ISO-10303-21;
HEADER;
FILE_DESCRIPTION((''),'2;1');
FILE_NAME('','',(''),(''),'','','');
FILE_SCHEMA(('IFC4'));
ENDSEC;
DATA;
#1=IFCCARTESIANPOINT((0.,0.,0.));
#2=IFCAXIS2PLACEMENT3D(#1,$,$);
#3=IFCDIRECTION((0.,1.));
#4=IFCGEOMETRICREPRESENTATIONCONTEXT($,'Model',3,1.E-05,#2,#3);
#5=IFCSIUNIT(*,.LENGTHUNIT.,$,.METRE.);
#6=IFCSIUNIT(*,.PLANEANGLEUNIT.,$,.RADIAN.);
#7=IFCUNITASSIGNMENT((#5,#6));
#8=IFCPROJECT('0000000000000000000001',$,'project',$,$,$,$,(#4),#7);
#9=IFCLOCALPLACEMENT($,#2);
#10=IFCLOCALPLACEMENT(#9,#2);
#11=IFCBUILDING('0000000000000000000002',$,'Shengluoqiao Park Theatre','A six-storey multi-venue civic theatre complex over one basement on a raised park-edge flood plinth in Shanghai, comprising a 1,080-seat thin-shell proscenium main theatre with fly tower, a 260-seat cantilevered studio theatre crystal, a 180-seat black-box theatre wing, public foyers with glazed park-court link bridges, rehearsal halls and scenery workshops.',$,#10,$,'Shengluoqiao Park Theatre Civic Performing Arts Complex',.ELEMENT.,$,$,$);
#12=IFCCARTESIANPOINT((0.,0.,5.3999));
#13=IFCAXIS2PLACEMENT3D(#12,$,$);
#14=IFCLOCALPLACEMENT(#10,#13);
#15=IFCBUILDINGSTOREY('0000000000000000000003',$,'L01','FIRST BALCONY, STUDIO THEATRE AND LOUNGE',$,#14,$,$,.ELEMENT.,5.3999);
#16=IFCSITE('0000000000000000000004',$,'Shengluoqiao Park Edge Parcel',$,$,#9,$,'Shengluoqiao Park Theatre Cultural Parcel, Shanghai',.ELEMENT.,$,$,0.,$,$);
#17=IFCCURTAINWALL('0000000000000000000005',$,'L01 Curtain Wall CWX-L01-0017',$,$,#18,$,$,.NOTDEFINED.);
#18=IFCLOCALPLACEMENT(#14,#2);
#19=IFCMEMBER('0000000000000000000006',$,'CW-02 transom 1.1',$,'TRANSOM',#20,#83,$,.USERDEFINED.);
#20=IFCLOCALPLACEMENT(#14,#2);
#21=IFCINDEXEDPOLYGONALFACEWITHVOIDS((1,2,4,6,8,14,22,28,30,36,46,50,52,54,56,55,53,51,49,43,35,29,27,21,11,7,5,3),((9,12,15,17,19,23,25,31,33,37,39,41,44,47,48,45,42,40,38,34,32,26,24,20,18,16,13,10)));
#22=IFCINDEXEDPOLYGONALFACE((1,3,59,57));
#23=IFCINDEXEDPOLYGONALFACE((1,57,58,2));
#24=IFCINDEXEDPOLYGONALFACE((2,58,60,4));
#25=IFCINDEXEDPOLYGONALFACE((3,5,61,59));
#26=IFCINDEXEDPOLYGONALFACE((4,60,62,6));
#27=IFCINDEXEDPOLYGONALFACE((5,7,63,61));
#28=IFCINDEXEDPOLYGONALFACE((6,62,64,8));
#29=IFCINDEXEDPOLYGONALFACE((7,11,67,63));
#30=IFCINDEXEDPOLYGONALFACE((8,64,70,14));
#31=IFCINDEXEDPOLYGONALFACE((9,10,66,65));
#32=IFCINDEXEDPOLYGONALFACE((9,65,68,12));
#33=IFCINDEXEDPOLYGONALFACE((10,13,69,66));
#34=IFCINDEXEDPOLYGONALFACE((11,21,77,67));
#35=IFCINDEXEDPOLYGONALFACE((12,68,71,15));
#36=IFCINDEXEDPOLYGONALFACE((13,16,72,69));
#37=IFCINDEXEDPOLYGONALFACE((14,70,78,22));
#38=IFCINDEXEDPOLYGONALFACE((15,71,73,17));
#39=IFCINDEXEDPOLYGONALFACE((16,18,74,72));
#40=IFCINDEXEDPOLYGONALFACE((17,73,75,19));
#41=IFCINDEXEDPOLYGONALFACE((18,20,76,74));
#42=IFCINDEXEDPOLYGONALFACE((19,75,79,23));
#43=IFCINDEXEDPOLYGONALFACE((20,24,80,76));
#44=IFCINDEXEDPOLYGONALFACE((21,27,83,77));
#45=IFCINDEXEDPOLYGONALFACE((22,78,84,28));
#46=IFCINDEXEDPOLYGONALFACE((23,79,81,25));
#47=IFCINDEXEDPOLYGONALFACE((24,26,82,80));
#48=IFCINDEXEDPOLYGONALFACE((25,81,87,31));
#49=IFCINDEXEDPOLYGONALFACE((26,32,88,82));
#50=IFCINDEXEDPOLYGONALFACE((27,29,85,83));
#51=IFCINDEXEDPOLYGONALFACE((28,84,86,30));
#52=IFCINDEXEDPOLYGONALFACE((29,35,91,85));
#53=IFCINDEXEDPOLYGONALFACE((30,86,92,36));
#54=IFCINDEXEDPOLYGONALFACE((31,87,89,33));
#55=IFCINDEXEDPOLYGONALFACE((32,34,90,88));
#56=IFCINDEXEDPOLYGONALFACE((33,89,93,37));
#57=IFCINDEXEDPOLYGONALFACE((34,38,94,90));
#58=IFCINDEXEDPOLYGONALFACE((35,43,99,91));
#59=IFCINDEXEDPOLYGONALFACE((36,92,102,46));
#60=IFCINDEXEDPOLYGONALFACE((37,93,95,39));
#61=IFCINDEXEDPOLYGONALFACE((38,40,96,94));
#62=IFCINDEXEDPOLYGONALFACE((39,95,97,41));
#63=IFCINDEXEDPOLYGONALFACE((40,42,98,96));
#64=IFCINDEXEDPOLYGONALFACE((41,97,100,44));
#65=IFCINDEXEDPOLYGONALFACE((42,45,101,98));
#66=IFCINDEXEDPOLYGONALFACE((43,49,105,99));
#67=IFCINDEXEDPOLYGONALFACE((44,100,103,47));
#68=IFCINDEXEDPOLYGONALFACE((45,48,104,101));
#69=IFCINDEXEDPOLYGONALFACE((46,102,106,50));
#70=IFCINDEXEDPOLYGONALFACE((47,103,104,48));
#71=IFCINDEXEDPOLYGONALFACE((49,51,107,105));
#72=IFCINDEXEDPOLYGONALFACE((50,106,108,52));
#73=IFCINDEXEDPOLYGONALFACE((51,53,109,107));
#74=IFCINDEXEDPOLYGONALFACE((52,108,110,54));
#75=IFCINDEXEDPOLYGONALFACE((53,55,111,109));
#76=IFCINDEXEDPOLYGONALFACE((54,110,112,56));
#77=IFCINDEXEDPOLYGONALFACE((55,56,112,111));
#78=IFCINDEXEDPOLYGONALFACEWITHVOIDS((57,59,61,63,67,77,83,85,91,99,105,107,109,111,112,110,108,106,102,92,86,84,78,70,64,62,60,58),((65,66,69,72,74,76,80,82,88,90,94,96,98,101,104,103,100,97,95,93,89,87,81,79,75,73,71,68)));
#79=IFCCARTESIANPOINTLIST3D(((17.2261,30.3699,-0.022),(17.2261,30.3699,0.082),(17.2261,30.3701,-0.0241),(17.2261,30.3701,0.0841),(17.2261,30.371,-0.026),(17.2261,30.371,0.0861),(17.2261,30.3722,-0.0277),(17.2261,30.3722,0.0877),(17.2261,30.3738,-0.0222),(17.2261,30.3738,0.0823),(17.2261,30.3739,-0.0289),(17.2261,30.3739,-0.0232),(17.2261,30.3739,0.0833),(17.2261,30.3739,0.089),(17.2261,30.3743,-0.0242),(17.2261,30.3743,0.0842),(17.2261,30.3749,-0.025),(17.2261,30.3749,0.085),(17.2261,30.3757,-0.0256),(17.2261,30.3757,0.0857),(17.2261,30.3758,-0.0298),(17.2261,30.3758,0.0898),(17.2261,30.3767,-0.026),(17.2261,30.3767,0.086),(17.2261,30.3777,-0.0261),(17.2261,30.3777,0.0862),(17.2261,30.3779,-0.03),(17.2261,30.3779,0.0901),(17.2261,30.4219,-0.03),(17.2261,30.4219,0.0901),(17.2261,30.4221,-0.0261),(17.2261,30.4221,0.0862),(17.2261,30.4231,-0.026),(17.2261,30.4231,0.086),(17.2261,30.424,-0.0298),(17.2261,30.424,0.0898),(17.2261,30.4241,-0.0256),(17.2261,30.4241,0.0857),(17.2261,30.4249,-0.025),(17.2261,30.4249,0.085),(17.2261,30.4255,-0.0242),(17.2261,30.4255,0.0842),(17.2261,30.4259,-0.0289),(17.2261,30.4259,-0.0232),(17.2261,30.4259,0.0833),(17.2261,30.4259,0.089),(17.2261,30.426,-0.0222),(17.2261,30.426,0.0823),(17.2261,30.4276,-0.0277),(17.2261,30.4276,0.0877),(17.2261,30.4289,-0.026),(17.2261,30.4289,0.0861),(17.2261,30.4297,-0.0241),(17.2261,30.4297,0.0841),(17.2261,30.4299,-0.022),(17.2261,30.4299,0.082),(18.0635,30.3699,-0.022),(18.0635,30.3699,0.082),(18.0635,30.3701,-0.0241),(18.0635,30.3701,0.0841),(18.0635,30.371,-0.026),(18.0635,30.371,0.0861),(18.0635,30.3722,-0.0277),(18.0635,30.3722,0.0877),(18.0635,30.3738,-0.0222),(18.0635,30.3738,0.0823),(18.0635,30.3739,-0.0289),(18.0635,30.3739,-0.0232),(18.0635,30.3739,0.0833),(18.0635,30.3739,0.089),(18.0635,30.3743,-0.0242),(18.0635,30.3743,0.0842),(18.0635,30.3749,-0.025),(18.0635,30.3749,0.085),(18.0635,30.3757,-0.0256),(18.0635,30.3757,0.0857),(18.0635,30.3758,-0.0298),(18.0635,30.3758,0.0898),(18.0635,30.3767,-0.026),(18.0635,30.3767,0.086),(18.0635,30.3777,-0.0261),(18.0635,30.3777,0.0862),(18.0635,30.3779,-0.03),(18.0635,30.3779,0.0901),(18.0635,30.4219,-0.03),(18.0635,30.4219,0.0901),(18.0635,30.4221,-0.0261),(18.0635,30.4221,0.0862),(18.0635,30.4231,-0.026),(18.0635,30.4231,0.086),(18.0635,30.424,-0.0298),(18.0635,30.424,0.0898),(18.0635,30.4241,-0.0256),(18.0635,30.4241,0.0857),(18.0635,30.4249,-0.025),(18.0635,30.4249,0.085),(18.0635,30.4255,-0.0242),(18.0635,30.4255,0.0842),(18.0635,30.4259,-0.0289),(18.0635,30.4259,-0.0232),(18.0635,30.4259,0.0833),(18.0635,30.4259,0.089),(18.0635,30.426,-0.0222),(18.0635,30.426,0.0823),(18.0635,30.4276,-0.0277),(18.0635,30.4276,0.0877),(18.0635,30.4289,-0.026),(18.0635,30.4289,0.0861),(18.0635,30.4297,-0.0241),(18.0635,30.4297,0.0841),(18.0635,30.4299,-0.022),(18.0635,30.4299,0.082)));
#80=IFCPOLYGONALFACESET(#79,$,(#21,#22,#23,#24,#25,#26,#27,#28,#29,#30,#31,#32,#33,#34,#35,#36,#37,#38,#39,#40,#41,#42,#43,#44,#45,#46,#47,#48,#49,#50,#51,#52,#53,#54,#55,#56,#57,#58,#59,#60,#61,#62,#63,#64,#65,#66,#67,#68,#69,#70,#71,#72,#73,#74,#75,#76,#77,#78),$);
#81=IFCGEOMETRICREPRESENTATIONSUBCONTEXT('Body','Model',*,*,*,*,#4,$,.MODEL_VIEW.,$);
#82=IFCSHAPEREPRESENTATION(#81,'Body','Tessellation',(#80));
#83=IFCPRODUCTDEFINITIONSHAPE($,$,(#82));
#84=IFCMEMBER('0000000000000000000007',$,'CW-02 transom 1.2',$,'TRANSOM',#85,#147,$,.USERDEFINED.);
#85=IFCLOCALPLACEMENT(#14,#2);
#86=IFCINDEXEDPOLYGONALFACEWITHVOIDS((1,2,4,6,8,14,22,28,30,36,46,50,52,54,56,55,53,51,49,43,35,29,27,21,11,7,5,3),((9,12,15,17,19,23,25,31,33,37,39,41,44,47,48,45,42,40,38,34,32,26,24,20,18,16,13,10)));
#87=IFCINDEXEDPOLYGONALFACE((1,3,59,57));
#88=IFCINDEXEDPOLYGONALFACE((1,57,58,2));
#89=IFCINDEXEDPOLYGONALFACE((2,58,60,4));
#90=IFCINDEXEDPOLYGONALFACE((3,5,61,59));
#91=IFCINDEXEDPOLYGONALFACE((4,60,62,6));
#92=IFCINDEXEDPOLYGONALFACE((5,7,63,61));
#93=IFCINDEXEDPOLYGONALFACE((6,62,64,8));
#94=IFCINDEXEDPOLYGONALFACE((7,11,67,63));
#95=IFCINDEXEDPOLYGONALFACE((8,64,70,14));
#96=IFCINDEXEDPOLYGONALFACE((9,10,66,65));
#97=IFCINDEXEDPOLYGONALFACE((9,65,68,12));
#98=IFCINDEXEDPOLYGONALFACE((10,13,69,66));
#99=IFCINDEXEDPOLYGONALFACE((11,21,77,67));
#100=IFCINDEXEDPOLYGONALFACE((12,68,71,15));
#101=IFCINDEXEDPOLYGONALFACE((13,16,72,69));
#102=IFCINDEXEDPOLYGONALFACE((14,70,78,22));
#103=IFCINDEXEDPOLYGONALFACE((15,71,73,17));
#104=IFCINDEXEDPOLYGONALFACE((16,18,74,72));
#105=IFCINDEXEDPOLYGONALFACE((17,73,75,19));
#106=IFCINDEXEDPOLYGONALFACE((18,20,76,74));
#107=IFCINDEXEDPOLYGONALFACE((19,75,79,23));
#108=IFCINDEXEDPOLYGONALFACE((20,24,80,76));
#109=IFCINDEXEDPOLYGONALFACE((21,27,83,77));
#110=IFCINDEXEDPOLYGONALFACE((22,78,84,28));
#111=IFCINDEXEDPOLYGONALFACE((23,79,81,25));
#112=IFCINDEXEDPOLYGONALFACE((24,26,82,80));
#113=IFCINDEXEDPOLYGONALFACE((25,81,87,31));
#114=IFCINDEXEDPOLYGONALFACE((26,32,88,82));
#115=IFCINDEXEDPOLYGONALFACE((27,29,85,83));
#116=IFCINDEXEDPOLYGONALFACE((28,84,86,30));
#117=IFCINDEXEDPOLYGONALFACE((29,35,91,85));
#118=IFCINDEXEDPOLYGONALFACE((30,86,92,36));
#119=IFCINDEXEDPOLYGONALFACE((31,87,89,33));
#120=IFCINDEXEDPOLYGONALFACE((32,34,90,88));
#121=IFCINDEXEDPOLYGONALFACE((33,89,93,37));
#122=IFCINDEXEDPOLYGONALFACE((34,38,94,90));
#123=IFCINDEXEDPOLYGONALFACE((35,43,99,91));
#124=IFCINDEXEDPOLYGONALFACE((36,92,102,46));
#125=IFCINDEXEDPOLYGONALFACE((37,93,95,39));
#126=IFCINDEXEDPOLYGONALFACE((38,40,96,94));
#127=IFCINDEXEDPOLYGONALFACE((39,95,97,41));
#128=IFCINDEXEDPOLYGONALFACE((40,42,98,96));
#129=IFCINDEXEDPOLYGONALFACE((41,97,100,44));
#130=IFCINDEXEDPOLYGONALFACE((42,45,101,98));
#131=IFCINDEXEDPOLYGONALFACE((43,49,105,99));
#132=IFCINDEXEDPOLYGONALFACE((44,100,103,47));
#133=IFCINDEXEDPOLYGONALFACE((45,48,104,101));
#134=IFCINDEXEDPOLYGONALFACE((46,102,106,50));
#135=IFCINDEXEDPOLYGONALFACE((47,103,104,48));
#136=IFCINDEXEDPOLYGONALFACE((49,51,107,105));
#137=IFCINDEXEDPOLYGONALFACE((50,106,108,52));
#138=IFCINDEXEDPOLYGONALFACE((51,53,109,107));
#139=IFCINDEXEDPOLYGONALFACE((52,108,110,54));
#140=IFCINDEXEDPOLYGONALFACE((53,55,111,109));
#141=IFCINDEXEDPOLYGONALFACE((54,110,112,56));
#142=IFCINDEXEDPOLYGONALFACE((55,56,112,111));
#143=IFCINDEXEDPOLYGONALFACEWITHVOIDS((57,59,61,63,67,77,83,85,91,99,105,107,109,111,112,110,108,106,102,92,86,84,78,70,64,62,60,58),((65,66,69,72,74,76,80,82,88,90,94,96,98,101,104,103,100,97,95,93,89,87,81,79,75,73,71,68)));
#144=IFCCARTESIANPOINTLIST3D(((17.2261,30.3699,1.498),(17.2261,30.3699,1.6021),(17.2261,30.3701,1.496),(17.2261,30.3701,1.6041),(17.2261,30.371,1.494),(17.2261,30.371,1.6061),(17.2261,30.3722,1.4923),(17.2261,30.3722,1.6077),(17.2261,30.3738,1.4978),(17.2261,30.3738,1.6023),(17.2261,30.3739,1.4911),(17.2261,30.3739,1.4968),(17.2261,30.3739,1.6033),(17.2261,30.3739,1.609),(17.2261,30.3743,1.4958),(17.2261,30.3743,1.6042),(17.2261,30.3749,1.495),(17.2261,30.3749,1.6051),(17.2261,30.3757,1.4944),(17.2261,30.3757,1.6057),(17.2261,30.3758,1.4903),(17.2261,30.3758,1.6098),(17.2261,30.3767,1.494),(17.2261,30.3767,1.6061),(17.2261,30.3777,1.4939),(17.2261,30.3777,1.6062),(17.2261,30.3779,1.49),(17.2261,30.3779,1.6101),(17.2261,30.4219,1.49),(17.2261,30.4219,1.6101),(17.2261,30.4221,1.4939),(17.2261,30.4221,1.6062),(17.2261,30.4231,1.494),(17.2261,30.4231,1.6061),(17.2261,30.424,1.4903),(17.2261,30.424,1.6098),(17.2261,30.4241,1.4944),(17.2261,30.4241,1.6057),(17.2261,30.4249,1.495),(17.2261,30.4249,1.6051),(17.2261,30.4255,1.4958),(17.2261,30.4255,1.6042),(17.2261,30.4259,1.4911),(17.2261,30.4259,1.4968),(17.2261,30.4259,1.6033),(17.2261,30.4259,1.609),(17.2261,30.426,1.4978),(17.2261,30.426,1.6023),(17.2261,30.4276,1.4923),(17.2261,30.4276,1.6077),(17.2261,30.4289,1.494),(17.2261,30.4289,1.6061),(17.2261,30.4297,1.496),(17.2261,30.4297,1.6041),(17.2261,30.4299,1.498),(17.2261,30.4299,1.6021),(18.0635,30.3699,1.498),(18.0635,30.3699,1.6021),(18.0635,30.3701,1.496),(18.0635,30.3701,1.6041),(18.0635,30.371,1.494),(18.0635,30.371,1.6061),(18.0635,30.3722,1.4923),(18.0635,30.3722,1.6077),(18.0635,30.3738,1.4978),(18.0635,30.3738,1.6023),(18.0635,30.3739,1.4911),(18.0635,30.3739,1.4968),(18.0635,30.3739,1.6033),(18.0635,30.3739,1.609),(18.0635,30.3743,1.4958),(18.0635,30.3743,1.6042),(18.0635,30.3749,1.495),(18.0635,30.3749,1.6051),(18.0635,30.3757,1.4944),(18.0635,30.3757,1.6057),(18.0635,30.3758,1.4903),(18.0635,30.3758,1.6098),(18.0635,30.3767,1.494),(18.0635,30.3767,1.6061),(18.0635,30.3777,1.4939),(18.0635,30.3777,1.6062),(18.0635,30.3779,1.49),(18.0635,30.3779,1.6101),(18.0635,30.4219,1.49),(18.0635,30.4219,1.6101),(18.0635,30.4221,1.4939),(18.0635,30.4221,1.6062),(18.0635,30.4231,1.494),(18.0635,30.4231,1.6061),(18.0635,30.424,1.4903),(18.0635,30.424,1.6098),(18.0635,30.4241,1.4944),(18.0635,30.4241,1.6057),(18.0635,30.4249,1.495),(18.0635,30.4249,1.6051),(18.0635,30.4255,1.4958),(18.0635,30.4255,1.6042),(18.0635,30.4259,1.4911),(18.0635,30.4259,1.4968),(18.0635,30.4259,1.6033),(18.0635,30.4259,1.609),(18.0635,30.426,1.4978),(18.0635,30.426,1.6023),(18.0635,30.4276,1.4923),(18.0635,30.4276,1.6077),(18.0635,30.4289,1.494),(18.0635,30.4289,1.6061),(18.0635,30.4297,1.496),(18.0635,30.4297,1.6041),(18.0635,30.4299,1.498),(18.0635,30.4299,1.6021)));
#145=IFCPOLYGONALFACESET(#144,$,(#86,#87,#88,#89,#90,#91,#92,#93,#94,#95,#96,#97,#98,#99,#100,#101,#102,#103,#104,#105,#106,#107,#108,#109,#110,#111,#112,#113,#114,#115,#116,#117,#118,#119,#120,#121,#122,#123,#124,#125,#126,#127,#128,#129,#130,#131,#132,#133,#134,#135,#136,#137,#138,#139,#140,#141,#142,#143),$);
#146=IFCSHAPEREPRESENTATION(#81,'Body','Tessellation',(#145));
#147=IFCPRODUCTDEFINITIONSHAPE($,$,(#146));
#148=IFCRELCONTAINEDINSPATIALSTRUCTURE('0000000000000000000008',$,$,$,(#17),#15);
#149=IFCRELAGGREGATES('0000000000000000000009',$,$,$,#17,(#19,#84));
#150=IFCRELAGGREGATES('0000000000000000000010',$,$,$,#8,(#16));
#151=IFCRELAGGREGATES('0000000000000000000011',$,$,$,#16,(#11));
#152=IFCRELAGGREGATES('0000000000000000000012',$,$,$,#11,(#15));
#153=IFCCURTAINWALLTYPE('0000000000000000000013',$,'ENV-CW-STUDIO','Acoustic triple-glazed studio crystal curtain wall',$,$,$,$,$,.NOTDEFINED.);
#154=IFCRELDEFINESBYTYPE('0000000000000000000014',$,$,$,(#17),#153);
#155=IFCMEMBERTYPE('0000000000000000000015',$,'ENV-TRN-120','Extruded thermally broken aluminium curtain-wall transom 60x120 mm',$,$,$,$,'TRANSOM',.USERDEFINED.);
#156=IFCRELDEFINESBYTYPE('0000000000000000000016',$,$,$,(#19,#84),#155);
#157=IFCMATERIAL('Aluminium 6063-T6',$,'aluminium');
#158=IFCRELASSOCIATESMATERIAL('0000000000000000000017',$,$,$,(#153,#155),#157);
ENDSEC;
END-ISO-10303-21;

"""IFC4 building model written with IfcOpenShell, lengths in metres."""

from ifc_helpers import new_model, si_unit, direction, frame, origin, origin_2d, place, context, subcontext, project, spatial, hollow_rectangle, extrude, material, material_profile, profile_set, type_object, element, aggregate, save


model = new_model("IFC4")

# Units and contexts
model_context = context("Model", 3, precision=1e-05, world=origin(), true_north=direction((0.0, 1.0)))
body_context = subcontext(model_context, "Body", "Model", "MODEL_VIEW")
ifc_project = project(units=[si_unit("LENGTHUNIT", "METRE"), si_unit("PLANEANGLEUNIT", "RADIAN")], contexts=[model_context])

# Site, building, storey
site_placement = place(None, origin())
site = spatial("IfcSite", under=ifc_project, at=site_placement, Name="Shengluoqiao Park Edge Parcel", LongName="Shengluoqiao Park Theatre Cultural Parcel, Shanghai", CompositionType="ELEMENT", RefElevation=0.0)
building_placement = place(site_placement, origin())
building = spatial("IfcBuilding", under=site, at=building_placement, Name="Shengluoqiao Park Theatre", Description="A six-storey multi-venue civic theatre complex over one basement on a raised park-edge flood plinth in Shanghai, comprising a 1,080-seat thin-shell proscenium main theatre with fly tower, a 260-seat cantilevered studio theatre crystal, a 180-seat black-box theatre wing, public foyers with glazed park-court link bridges, rehearsal halls and scenery workshops.", LongName="Shengluoqiao Park Theatre Civic Performing Arts Complex", CompositionType="ELEMENT")
storey_placement = place(building_placement, frame((0.0, 0.0, 5.3999)))
storey = spatial("IfcBuildingStorey", under=building, at=storey_placement, Name="L01", Description="FIRST BALCONY, STUDIO THEATRE AND LOUNGE", CompositionType="ELEMENT", Elevation=5.3999)

# Curtain wall
ifc_material_1 = material(Name="Aluminium 6063-T6", Category="aluminium")
curtain_wall_type = type_object("IfcCurtainWallType", Name="ENV-CW-STUDIO", Description="Acoustic triple-glazed studio crystal curtain wall", PredefinedType="NOTDEFINED", material=ifc_material_1)
curtain_wall_1_placement = place(storey_placement, origin())
curtain_wall_1 = element("IfcCurtainWall", 1, at=curtain_wall_1_placement, inside=storey, type_object=curtain_wall_type, Name="L01 Curtain Wall CWX-L01-0017", PredefinedType="NOTDEFINED")

# Members
ifc_material_profile_1 = material_profile(ifc_material_1, hollow_rectangle(XDim=0.0601, YDim=0.1201, WallThickness=0.0039, InnerFilletRadius=0.0039, OuterFilletRadius=0.0081, at=origin_2d()), Name="ALU TRANSOM 120x60x4")
ifc_profile_set_1 = profile_set([ifc_material_profile_1], Name="Aluminium 6063-T6")
member_type_1 = type_object("IfcMemberType", Name="ENV-TRN-120", Description="Extruded thermally broken aluminium curtain-wall transom 60x120 mm", ElementType="TRANSOM", PredefinedType="USERDEFINED", material=ifc_profile_set_1)
member_1_placement = place(storey_placement, frame((17.2261, 30.3999, 0.03), z_axis=(1.0, 0.0, 0.0), x_axis=(0.0, 1.0, 0.0)))
member_1 = element("IfcMember", 2, at=member_1_placement, type_object=member_type_1, Name="CW-02 transom 1.1", ObjectType="TRANSOM", PredefinedType="USERDEFINED", context=body_context, shape_type="SweptSolid", body=[
    extrude(hollow_rectangle(XDim=0.0601, YDim=0.1201, WallThickness=0.0039, InnerFilletRadius=0.0039, OuterFilletRadius=0.0081, at=origin_2d()), origin(), (0.0, 0.0, 1.0), 0.8374),
])
member_2_placement = place(storey_placement, frame((17.2261, 30.3999, 1.55), z_axis=(1.0, 0.0, 0.0), x_axis=(0.0, 1.0, 0.0)))
member_2 = element("IfcMember", 3, at=member_2_placement, type_object=member_type_1, Name="CW-02 transom 1.2", ObjectType="TRANSOM", PredefinedType="USERDEFINED", context=body_context, shape_type="SweptSolid", body=[
    extrude(hollow_rectangle(XDim=0.0601, YDim=0.1201, WallThickness=0.0039, InnerFilletRadius=0.0039, OuterFilletRadius=0.0081, at=origin_2d()), origin(), (0.0, 0.0, 1.0), 0.8374),
])

aggregate(curtain_wall_1, [member_1, member_2])

save(model, "model.ifc")
